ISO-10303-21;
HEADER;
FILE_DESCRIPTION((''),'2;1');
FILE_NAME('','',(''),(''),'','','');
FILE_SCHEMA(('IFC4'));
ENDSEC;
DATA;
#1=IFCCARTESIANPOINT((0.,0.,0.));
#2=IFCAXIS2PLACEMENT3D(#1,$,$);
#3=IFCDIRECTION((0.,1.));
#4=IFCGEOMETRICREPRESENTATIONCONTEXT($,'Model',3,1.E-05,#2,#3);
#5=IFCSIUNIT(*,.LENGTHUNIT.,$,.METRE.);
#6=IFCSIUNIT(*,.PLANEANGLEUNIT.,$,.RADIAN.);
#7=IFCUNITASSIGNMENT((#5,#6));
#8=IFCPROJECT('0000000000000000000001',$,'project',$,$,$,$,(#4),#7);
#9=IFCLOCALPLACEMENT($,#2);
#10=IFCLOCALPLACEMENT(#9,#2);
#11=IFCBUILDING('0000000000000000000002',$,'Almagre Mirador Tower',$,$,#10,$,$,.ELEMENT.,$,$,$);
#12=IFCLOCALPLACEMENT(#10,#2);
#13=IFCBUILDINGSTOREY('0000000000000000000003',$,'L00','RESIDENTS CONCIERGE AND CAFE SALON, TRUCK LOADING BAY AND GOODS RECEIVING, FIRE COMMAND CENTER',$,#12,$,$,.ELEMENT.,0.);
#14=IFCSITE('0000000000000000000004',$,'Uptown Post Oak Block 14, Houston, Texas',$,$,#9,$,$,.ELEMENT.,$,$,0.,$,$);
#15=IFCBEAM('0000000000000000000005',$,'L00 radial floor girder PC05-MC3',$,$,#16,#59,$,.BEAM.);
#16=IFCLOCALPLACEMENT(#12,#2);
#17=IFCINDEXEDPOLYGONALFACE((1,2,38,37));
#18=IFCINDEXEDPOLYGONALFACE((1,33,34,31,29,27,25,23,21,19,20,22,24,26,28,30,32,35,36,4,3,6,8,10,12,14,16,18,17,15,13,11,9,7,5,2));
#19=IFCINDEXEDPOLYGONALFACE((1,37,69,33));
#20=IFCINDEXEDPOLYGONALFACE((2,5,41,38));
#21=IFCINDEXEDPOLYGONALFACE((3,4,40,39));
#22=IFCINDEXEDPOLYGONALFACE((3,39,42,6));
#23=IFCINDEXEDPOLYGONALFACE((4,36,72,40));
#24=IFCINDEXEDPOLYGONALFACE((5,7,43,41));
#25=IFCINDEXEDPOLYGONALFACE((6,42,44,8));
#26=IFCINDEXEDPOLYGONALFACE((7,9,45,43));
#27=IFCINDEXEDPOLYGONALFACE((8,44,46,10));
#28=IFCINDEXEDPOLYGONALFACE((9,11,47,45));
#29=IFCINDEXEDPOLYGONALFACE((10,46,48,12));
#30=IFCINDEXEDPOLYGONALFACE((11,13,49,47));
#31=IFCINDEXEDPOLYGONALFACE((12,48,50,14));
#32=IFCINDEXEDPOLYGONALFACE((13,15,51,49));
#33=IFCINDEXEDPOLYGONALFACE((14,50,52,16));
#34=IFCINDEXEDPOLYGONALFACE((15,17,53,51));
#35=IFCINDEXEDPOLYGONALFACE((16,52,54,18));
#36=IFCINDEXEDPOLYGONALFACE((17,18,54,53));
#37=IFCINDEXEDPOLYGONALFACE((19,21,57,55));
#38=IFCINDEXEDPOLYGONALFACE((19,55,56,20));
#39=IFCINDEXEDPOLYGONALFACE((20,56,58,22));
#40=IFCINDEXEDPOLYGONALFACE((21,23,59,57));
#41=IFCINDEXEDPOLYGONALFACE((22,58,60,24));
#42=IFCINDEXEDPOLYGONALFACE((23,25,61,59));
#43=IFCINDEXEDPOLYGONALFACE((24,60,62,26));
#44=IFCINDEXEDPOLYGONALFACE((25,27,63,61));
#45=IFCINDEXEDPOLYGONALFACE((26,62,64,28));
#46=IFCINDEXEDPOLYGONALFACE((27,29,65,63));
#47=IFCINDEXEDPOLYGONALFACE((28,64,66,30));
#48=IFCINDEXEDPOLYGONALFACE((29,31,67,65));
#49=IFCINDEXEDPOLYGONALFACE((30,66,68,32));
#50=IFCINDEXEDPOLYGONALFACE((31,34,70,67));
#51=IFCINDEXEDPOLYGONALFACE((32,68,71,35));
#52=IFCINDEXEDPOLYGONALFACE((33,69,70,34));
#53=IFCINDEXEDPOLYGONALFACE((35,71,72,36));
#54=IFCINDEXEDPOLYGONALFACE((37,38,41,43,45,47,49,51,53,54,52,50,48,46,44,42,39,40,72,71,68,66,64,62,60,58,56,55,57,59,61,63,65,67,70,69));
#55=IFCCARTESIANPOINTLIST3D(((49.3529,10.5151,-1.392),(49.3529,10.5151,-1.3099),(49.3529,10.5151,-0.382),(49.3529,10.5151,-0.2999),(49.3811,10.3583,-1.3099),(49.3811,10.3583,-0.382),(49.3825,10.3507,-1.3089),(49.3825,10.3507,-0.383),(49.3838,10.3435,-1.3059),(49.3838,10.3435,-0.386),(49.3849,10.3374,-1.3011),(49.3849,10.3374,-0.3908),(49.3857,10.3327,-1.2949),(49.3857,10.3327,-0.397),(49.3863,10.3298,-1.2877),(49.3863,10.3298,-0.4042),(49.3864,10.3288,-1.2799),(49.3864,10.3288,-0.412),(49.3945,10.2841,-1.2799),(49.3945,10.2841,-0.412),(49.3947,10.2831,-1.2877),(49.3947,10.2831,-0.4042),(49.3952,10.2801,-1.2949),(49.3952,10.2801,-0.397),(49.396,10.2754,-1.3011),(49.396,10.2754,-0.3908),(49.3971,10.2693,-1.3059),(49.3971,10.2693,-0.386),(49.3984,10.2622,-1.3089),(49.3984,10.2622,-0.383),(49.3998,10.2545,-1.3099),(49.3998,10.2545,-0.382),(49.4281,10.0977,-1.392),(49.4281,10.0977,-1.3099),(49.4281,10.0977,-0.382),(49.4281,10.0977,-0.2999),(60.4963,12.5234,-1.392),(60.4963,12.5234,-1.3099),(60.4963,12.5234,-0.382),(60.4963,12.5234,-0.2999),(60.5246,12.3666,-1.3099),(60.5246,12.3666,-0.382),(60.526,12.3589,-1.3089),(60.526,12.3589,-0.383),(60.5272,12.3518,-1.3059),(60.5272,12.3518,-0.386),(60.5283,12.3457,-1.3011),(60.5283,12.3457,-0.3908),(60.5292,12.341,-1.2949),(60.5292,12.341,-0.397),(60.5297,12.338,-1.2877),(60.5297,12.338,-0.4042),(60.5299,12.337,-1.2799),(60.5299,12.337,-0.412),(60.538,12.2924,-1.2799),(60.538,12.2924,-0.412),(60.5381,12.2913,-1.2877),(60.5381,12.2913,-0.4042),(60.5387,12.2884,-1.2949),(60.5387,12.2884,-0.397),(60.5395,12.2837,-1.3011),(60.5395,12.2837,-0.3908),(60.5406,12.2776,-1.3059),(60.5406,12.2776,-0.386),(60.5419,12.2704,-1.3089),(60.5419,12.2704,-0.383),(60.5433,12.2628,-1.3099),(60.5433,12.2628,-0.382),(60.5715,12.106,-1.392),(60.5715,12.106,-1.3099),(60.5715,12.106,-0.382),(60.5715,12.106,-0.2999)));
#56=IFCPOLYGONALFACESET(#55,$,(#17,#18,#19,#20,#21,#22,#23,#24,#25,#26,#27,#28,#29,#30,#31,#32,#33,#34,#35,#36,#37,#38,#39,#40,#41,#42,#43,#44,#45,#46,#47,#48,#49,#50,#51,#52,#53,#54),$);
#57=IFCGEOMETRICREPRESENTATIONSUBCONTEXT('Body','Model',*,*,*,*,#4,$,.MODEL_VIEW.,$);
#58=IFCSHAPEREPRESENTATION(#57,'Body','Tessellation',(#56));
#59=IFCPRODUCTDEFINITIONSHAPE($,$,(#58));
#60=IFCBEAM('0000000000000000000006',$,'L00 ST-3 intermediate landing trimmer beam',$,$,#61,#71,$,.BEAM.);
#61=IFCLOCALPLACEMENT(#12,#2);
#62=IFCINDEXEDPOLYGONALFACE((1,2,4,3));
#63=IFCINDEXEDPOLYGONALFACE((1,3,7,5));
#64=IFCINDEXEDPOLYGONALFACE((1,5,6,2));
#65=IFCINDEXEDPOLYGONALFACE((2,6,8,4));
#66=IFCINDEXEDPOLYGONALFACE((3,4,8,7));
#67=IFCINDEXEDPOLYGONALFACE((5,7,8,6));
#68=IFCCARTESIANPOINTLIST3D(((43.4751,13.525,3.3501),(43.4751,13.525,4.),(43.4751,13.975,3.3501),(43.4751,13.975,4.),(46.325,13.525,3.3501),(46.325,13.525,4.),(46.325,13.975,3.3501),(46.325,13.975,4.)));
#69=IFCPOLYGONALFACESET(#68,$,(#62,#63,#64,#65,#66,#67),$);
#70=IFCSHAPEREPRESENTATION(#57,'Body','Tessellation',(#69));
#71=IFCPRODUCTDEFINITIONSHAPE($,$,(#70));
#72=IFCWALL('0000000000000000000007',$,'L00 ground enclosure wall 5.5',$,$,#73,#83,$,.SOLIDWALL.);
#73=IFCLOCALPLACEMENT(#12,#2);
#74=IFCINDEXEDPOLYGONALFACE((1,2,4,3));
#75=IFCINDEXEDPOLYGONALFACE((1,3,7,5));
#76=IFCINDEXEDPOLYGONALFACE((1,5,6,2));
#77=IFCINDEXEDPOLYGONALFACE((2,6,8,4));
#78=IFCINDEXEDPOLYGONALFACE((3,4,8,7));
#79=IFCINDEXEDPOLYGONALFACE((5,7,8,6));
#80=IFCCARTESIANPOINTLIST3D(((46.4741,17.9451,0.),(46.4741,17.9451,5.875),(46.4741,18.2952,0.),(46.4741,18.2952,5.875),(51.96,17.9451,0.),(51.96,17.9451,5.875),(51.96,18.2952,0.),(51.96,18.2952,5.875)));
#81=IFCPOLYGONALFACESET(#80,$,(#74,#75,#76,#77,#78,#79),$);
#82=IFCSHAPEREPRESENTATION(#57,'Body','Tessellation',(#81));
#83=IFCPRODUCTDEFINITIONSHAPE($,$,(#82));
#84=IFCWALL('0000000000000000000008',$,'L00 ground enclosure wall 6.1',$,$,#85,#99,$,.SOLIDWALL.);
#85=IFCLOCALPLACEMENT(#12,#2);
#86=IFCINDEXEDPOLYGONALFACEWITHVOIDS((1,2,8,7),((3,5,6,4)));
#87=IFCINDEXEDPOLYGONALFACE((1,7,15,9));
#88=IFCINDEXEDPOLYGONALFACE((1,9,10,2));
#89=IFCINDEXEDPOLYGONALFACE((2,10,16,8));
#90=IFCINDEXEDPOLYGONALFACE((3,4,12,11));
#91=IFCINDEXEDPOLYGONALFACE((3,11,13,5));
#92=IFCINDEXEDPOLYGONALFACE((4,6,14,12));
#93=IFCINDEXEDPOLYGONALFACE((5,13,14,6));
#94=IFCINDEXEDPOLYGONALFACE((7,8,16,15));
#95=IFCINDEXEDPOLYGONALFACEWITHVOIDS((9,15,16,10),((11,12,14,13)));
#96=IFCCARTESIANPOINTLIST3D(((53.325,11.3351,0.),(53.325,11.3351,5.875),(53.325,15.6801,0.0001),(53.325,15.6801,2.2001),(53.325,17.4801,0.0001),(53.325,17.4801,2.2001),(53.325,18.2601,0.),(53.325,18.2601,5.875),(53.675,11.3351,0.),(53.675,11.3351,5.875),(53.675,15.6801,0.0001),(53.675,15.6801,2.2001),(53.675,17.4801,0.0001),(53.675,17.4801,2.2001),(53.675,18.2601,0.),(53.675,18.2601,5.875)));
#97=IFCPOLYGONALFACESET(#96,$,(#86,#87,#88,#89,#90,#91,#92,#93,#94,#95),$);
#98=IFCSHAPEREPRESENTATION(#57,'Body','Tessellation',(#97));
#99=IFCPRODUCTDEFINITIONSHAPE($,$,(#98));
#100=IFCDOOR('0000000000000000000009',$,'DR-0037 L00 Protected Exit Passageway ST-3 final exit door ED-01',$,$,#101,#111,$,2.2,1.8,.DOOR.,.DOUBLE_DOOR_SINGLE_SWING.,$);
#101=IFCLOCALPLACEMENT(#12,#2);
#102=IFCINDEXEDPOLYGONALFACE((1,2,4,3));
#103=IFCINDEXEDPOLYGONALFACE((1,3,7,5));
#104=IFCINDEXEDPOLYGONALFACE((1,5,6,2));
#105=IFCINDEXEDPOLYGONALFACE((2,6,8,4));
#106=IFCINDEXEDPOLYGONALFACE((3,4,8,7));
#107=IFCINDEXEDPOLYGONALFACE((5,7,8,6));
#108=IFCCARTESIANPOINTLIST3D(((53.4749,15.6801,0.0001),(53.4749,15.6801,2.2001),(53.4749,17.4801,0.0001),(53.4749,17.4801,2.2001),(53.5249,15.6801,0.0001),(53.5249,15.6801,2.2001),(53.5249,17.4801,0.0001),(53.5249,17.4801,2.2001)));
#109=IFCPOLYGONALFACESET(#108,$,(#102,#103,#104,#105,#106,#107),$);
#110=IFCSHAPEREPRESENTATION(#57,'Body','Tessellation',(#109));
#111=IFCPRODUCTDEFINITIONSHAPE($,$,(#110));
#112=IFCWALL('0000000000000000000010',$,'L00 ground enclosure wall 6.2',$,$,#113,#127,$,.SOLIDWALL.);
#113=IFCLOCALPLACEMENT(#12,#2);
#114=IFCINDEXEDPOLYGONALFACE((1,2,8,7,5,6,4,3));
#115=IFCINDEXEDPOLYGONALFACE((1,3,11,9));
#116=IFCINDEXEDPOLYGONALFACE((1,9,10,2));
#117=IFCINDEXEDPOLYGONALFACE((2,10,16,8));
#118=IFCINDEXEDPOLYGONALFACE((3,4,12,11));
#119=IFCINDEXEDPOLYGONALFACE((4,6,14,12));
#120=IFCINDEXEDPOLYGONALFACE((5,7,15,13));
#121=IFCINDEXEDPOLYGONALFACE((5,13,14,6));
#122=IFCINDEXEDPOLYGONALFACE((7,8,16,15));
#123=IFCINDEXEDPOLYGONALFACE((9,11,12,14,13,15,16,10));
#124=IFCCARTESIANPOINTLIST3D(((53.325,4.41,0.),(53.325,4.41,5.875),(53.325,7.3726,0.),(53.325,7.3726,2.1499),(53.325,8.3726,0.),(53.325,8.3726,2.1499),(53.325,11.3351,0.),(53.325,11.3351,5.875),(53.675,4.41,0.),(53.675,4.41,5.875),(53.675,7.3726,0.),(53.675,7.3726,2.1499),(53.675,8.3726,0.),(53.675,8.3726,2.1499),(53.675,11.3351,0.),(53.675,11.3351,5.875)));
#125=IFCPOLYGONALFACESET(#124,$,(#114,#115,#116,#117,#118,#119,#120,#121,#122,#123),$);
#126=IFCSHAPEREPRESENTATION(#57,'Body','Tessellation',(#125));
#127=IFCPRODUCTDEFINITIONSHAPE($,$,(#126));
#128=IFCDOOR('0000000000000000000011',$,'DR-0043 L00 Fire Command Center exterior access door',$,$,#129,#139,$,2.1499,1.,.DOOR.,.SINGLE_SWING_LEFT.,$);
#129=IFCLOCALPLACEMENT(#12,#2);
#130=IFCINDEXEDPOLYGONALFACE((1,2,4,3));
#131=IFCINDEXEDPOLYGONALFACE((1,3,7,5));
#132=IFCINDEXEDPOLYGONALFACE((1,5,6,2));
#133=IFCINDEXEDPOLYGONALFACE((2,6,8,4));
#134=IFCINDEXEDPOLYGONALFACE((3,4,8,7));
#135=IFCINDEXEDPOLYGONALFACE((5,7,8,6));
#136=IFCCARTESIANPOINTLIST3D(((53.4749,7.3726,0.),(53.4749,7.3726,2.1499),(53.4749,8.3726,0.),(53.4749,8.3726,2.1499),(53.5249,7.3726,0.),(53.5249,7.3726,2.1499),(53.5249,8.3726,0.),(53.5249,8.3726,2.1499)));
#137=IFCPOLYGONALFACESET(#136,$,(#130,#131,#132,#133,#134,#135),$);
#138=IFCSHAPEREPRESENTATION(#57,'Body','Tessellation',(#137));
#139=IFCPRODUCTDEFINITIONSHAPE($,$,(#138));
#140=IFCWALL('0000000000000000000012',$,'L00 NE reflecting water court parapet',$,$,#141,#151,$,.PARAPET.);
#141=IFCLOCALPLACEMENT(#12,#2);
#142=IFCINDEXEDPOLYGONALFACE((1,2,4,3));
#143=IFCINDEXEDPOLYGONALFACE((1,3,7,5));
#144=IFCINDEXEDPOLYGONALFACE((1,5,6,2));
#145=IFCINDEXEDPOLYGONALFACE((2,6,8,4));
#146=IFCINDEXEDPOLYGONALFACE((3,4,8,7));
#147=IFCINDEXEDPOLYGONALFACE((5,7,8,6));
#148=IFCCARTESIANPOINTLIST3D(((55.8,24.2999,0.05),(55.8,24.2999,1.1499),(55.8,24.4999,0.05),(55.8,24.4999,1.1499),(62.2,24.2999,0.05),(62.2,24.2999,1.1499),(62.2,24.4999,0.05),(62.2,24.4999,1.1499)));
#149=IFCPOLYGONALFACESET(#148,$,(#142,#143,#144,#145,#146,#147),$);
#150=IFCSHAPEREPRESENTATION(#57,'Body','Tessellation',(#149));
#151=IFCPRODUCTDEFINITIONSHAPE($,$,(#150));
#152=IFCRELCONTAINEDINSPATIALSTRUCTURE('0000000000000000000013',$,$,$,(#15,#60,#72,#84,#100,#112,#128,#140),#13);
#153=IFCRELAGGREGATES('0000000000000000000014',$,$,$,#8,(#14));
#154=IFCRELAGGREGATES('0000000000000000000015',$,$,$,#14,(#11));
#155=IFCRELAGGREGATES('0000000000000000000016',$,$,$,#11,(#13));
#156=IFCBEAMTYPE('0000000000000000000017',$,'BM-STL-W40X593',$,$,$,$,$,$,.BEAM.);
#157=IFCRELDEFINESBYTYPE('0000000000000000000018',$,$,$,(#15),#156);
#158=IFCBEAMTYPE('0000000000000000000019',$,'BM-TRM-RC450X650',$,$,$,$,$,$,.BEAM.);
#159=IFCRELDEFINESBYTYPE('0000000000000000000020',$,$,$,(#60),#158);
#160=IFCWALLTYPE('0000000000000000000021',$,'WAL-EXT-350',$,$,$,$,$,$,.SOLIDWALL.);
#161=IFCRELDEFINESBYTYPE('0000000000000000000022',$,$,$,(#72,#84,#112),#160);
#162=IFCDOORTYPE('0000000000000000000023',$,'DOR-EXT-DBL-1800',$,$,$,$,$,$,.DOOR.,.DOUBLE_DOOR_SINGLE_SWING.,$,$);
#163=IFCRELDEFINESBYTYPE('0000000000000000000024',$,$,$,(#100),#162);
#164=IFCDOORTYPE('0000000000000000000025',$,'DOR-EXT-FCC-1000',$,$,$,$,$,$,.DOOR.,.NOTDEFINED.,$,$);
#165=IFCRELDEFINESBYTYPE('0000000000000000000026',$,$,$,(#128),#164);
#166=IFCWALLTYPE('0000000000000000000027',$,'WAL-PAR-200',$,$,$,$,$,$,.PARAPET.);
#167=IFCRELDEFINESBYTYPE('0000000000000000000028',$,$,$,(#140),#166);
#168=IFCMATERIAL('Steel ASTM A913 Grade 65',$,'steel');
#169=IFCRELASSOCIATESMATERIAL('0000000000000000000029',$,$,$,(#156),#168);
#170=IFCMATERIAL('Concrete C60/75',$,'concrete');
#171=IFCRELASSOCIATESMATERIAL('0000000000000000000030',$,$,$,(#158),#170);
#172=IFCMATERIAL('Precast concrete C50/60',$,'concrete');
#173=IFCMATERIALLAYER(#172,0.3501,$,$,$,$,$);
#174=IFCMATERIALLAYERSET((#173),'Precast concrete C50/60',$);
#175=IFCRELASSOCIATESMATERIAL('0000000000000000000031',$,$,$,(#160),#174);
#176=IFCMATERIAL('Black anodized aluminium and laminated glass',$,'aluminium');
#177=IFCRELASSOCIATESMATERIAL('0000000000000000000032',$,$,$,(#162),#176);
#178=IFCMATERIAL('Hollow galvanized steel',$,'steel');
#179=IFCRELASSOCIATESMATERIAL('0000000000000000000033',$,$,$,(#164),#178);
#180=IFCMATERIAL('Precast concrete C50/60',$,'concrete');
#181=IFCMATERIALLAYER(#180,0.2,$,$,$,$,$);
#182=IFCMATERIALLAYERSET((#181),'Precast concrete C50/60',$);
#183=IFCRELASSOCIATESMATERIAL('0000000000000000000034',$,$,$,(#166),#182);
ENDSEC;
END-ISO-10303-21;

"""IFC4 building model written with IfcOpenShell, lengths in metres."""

from ifc_helpers import new_model, si_unit, direction, frame, frame_2d, origin, origin_2d, place, context, subcontext, project, spatial, rectangle, i_section, extrude, material, layer, layer_set, material_profile, profile_set, type_object, element, fill, save


model = new_model("IFC4")

# Units and contexts
model_context = context("Model", 3, precision=1e-05, world=origin(), true_north=direction((0.0, 1.0)))
body_context = subcontext(model_context, "Body", "Model", "MODEL_VIEW")
ifc_project = project(units=[si_unit("LENGTHUNIT", "METRE"), si_unit("PLANEANGLEUNIT", "RADIAN")], contexts=[model_context])

# Site, building, storey
site_placement = place(None, origin())
site = spatial("IfcSite", under=ifc_project, at=site_placement, Name="Uptown Post Oak Block 14, Houston, Texas", CompositionType="ELEMENT", RefElevation=0.0)
building_placement = place(site_placement, origin())
building = spatial("IfcBuilding", under=site, at=building_placement, Name="Almagre Mirador Tower", CompositionType="ELEMENT")
storey_placement = place(building_placement, origin())
storey = spatial("IfcBuildingStorey", under=building, at=storey_placement, Name="L00", Description="RESIDENTS CONCIERGE AND CAFE SALON, TRUCK LOADING BAY AND GOODS RECEIVING, FIRE COMMAND CENTER", CompositionType="ELEMENT", Elevation=0.0)

# Beams
ifc_material_1 = material(Name="Steel ASTM A913 Grade 65", Category="steel")
ifc_material_profile_1 = material_profile(ifc_material_1, i_section(OverallWidth=0.4241, OverallDepth=1.092, WebThickness=0.0454, FlangeThickness=0.082, FilletRadius=0.03, at=origin_2d()), Name="W40X593")
ifc_profile_set_1 = profile_set([ifc_material_profile_1], Name="Steel ASTM A913 Grade 65")
beam_type_1 = type_object("IfcBeamType", Name="BM-STL-W40X593", PredefinedType="BEAM", material=ifc_profile_set_1)
beam_1_placement = place(storey_placement, frame((60.5339, 12.3147, -0.8459), z_axis=(-0.984145, -0.177364, 0.0), x_axis=(0.177364, -0.984145, 0.0)))
element("IfcBeam", 1, at=beam_1_placement, inside=storey, type_object=beam_type_1, Name="L00 radial floor girder PC05-MC3", PredefinedType="BEAM", context=body_context, shape_type="SweptSolid", body=[
    extrude(i_section(OverallWidth=0.4241, OverallDepth=1.092, WebThickness=0.0454, FlangeThickness=0.082, FilletRadius=0.03, at=origin_2d()), origin(), (0.0, 0.0, 1.0), 11.323),
])
ifc_material_2 = material(Name="Concrete C60/75", Category="concrete")
ifc_material_profile_2 = material_profile(ifc_material_2, rectangle(XDim=0.45, YDim=0.6499, at=origin_2d()), Name="RC450X650")
ifc_profile_set_2 = profile_set([ifc_material_profile_2], Name="Concrete C60/75")
beam_type_2 = type_object("IfcBeamType", Name="BM-TRM-RC450X650", PredefinedType="BEAM", material=ifc_profile_set_2)
beam_2_placement = place(storey_placement, frame((43.4751, 13.75, 3.675), z_axis=(1.0, 0.0, 0.0), x_axis=(0.0, 1.0, 0.0)))
element("IfcBeam", 2, at=beam_2_placement, inside=storey, type_object=beam_type_2, Name="L00 ST-3 intermediate landing trimmer beam", PredefinedType="BEAM", context=body_context, shape_type="SweptSolid", body=[
    extrude(rectangle(XDim=0.45, YDim=0.6499, at=origin_2d()), origin(), (0.0, 0.0, 1.0), 2.8499),
])

# Wall
ifc_material_3 = material(Name="Precast concrete C50/60", Category="concrete")
ifc_layer_1 = layer(ifc_material_3, 0.3501)
ifc_layer_set_1 = layer_set([ifc_layer_1], Name="Precast concrete C50/60")
wall_type_1 = type_object("IfcWallType", Name="WAL-EXT-350", PredefinedType="SOLIDWALL", material=ifc_layer_set_1)
wall_1_placement = place(storey_placement, frame((46.4741, 18.1201, 0.0), z_axis=(0.0, 0.0, 1.0), x_axis=(1.0, 0.0, 0.0)))
element("IfcWall", 3, at=wall_1_placement, inside=storey, type_object=wall_type_1, Name="L00 ground enclosure wall 5.5", PredefinedType="SOLIDWALL", context=body_context, shape_type="SweptSolid", body=[
    extrude(rectangle(XDim=5.4858, YDim=0.3501, at=frame_2d((2.7429, 0.0))), origin(), (0.0, 0.0, 1.0), 5.875),
])

# Walls, openings, doors
wall_2_placement = place(storey_placement, frame((53.5, 18.26, 0.0), z_axis=(0.0, 0.0, 1.0), x_axis=(0.0, -1.0, 0.0)))
wall_2 = element("IfcWall", 4, at=wall_2_placement, inside=storey, type_object=wall_type_1, Name="L00 ground enclosure wall 6.1", PredefinedType="SOLIDWALL", context=body_context, shape_type="SweptSolid", body=[
    extrude(rectangle(XDim=6.925, YDim=0.3501, at=frame_2d((3.4624, 0.0))), origin(), (0.0, 0.0, 1.0), 5.875),
])
opening_1_placement = place(wall_2_placement, frame((0.78, 0.0, 0.0)))
opening_1 = element("IfcOpeningElement", 5, at=opening_1_placement, cuts=wall_2, PredefinedType="OPENING", context=body_context, shape_type="SweptSolid", body=[
    extrude(rectangle(XDim=1.8, YDim=2.2, at=frame_2d((0.8999, 1.1001))), frame((0.0, 0.185, 0.0), z_axis=(0.0, -1.0, 0.0), x_axis=(1.0, 0.0, 0.0)), (0.0, 0.0, 1.0), 0.3701),
])
ifc_material_4 = material(Name="Black anodized aluminium and laminated glass", Category="aluminium")
door_type_1 = type_object("IfcDoorType", Name="DOR-EXT-DBL-1800", OperationType="DOUBLE_DOOR_SINGLE_SWING", PredefinedType="DOOR", material=ifc_material_4)
door_1_placement = place(opening_1_placement, origin())
door_1 = element("IfcDoor", 6, at=door_1_placement, inside=storey, type_object=door_type_1, Name="DR-0037 L00 Protected Exit Passageway ST-3 final exit door ED-01", OperationType="DOUBLE_DOOR_SINGLE_SWING", OverallHeight=2.2, OverallWidth=1.8, PredefinedType="DOOR", context=body_context, shape_type="SweptSolid", body=[
    extrude(rectangle(XDim=1.8, YDim=2.2, at=frame_2d((0.8999, 1.1001))), frame((0.0, 0.0249, 0.0), z_axis=(0.0, -1.0, 0.0), x_axis=(1.0, 0.0, 0.0)), (0.0, 0.0, 1.0), 0.05),
])
fill(opening_1, door_1)
wall_3_placement = place(storey_placement, frame((53.5, 11.335, 0.0), z_axis=(0.0, 0.0, 1.0), x_axis=(0.0, -1.0, 0.0)))
wall_3 = element("IfcWall", 7, at=wall_3_placement, inside=storey, type_object=wall_type_1, Name="L00 ground enclosure wall 6.2", PredefinedType="SOLIDWALL", context=body_context, shape_type="SweptSolid", body=[
    extrude(rectangle(XDim=6.925, YDim=0.3501, at=frame_2d((3.4624, 0.0))), origin(), (0.0, 0.0, 1.0), 5.875),
])
opening_2_placement = place(wall_3_placement, frame((2.9624, 0.0, 0.0)))
opening_2 = element("IfcOpeningElement", 8, at=opening_2_placement, cuts=wall_3, PredefinedType="OPENING", context=body_context, shape_type="SweptSolid", body=[
    extrude(rectangle(XDim=1.0, YDim=2.1499, at=frame_2d((0.5, 1.075))), frame((0.0, 0.185, 0.0), z_axis=(0.0, -1.0, 0.0), x_axis=(1.0, 0.0, 0.0)), (0.0, 0.0, 1.0), 0.3701),
])
ifc_material_5 = material(Name="Hollow galvanized steel", Category="steel")
door_type_2 = type_object("IfcDoorType", Name="DOR-EXT-FCC-1000", OperationType="NOTDEFINED", PredefinedType="DOOR", material=ifc_material_5)
door_2_placement = place(opening_2_placement, origin())
door_2 = element("IfcDoor", 9, at=door_2_placement, inside=storey, type_object=door_type_2, Name="DR-0043 L00 Fire Command Center exterior access door", OperationType="SINGLE_SWING_LEFT", OverallHeight=2.1499, OverallWidth=1.0, PredefinedType="DOOR", context=body_context, shape_type="SweptSolid", body=[
    extrude(rectangle(XDim=1.0, YDim=2.1499, at=frame_2d((0.5, 1.075))), frame((0.0, 0.0249, 0.0), z_axis=(0.0, -1.0, 0.0), x_axis=(1.0, 0.0, 0.0)), (0.0, 0.0, 1.0), 0.05),
])
fill(opening_2, door_2)

# Wall
ifc_material_6 = material(Name="Precast concrete C50/60", Category="concrete")
ifc_layer_2 = layer(ifc_material_6, 0.2)
ifc_layer_set_2 = layer_set([ifc_layer_2], Name="Precast concrete C50/60")
wall_type_2 = type_object("IfcWallType", Name="WAL-PAR-200", PredefinedType="PARAPET", material=ifc_layer_set_2)
wall_4_placement = place(storey_placement, frame((55.8, 24.3999, 0.05), z_axis=(0.0, 0.0, 1.0), x_axis=(1.0, 0.0, 0.0)))
element("IfcWall", 10, at=wall_4_placement, inside=storey, type_object=wall_type_2, Name="L00 NE reflecting water court parapet", PredefinedType="PARAPET", context=body_context, shape_type="SweptSolid", body=[
    extrude(rectangle(XDim=6.3999, YDim=0.2, at=frame_2d((3.2, 0.0))), origin(), (0.0, 0.0, 1.0), 1.0999),
])

save(model, "model.ifc")
